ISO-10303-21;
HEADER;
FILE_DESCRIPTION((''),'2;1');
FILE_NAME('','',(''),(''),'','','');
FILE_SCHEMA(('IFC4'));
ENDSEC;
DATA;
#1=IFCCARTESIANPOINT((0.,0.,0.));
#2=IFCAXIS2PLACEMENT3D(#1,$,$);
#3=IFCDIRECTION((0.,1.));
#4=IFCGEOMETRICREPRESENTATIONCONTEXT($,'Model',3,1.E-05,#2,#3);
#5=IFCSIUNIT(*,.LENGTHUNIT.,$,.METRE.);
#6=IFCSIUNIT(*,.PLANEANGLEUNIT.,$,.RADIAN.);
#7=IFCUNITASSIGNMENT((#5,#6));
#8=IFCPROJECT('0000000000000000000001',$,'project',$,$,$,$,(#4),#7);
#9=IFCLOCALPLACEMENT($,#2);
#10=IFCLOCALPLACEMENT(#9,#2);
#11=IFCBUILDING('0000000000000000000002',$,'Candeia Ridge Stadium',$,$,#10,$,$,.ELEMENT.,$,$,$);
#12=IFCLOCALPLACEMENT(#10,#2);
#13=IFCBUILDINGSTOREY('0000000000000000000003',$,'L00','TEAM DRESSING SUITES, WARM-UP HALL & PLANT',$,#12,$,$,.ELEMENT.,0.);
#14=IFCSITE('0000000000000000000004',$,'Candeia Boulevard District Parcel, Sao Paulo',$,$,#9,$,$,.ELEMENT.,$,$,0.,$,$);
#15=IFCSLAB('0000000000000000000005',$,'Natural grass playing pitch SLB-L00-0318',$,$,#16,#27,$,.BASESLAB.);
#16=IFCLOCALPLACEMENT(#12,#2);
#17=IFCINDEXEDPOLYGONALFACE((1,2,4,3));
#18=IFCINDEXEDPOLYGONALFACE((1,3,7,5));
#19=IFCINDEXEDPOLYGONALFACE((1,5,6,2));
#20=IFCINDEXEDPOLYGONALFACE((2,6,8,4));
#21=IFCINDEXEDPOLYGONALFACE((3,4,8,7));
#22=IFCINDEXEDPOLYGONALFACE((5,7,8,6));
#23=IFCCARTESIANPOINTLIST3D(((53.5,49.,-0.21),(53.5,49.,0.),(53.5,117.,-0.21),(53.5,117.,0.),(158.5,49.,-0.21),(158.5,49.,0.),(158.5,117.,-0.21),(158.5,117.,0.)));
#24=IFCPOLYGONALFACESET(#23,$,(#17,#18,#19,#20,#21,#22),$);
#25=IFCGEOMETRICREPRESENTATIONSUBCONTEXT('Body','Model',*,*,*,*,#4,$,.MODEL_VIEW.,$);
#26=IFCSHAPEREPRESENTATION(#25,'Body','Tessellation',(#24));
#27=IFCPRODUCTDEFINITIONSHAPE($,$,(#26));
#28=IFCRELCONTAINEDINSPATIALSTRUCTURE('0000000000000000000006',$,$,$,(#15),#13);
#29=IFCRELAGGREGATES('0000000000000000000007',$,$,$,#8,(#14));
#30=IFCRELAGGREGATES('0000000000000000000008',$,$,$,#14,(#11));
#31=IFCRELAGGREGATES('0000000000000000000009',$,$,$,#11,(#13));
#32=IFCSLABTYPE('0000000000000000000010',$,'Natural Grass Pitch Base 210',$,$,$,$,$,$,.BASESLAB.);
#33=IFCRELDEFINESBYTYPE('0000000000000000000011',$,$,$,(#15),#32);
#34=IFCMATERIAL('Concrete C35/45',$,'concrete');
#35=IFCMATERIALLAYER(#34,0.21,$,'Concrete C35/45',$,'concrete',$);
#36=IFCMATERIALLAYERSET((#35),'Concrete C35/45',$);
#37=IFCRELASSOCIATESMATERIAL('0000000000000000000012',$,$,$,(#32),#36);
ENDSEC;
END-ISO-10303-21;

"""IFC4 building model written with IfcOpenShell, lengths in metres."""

from ifc_helpers import new_model, si_unit, direction, frame, origin, place, context, subcontext, project, spatial, polyline, outline, extrude, material, layer, layer_set, type_object, element, save


model = new_model("IFC4")

# Units and contexts
model_context = context("Model", 3, precision=1e-05, world=origin(), true_north=direction((0.0, 1.0)))
body_context = subcontext(model_context, "Body", "Model", "MODEL_VIEW")
ifc_project = project(units=[si_unit("LENGTHUNIT", "METRE"), si_unit("PLANEANGLEUNIT", "RADIAN")], contexts=[model_context])

# Site, building, storey
site_placement = place(None, origin())
site = spatial("IfcSite", under=ifc_project, at=site_placement, Name="Candeia Boulevard District Parcel, Sao Paulo", CompositionType="ELEMENT", RefElevation=0.0)
building_placement = place(site_placement, origin())
building = spatial("IfcBuilding", under=site, at=building_placement, Name="Candeia Ridge Stadium", CompositionType="ELEMENT")
storey_placement = place(building_placement, origin())
storey = spatial("IfcBuildingStorey", under=building, at=storey_placement, Name="L00", Description="TEAM DRESSING SUITES, WARM-UP HALL & PLANT", CompositionType="ELEMENT", Elevation=0.0)

# Slab
ifc_material_1 = material(Name="Concrete C35/45", Category="concrete")
ifc_layer_1 = layer(ifc_material_1, 0.21, Name="Concrete C35/45", Category="concrete")
ifc_layer_set_1 = layer_set([ifc_layer_1], Name="Concrete C35/45")
slab_type_1 = type_object("IfcSlabType", Name="Natural Grass Pitch Base 210", PredefinedType="BASESLAB", material=ifc_layer_set_1)
slab_1_placement = place(storey_placement, frame((0.0, 0.0, -0.21)))
element("IfcSlab", 1, at=slab_1_placement, inside=storey, type_object=slab_type_1, Name="Natural grass playing pitch SLB-L00-0318", PredefinedType="BASESLAB", context=body_context, shape_type="SweptSolid", body=[
    extrude(outline(polyline([(158.5, 49.0), (158.5, 117.0), (53.5, 117.0), (53.5, 49.0), (158.5, 49.0)])), origin(), (0.0, 0.0, 1.0), 0.21),
])

save(model, "model.ifc")
